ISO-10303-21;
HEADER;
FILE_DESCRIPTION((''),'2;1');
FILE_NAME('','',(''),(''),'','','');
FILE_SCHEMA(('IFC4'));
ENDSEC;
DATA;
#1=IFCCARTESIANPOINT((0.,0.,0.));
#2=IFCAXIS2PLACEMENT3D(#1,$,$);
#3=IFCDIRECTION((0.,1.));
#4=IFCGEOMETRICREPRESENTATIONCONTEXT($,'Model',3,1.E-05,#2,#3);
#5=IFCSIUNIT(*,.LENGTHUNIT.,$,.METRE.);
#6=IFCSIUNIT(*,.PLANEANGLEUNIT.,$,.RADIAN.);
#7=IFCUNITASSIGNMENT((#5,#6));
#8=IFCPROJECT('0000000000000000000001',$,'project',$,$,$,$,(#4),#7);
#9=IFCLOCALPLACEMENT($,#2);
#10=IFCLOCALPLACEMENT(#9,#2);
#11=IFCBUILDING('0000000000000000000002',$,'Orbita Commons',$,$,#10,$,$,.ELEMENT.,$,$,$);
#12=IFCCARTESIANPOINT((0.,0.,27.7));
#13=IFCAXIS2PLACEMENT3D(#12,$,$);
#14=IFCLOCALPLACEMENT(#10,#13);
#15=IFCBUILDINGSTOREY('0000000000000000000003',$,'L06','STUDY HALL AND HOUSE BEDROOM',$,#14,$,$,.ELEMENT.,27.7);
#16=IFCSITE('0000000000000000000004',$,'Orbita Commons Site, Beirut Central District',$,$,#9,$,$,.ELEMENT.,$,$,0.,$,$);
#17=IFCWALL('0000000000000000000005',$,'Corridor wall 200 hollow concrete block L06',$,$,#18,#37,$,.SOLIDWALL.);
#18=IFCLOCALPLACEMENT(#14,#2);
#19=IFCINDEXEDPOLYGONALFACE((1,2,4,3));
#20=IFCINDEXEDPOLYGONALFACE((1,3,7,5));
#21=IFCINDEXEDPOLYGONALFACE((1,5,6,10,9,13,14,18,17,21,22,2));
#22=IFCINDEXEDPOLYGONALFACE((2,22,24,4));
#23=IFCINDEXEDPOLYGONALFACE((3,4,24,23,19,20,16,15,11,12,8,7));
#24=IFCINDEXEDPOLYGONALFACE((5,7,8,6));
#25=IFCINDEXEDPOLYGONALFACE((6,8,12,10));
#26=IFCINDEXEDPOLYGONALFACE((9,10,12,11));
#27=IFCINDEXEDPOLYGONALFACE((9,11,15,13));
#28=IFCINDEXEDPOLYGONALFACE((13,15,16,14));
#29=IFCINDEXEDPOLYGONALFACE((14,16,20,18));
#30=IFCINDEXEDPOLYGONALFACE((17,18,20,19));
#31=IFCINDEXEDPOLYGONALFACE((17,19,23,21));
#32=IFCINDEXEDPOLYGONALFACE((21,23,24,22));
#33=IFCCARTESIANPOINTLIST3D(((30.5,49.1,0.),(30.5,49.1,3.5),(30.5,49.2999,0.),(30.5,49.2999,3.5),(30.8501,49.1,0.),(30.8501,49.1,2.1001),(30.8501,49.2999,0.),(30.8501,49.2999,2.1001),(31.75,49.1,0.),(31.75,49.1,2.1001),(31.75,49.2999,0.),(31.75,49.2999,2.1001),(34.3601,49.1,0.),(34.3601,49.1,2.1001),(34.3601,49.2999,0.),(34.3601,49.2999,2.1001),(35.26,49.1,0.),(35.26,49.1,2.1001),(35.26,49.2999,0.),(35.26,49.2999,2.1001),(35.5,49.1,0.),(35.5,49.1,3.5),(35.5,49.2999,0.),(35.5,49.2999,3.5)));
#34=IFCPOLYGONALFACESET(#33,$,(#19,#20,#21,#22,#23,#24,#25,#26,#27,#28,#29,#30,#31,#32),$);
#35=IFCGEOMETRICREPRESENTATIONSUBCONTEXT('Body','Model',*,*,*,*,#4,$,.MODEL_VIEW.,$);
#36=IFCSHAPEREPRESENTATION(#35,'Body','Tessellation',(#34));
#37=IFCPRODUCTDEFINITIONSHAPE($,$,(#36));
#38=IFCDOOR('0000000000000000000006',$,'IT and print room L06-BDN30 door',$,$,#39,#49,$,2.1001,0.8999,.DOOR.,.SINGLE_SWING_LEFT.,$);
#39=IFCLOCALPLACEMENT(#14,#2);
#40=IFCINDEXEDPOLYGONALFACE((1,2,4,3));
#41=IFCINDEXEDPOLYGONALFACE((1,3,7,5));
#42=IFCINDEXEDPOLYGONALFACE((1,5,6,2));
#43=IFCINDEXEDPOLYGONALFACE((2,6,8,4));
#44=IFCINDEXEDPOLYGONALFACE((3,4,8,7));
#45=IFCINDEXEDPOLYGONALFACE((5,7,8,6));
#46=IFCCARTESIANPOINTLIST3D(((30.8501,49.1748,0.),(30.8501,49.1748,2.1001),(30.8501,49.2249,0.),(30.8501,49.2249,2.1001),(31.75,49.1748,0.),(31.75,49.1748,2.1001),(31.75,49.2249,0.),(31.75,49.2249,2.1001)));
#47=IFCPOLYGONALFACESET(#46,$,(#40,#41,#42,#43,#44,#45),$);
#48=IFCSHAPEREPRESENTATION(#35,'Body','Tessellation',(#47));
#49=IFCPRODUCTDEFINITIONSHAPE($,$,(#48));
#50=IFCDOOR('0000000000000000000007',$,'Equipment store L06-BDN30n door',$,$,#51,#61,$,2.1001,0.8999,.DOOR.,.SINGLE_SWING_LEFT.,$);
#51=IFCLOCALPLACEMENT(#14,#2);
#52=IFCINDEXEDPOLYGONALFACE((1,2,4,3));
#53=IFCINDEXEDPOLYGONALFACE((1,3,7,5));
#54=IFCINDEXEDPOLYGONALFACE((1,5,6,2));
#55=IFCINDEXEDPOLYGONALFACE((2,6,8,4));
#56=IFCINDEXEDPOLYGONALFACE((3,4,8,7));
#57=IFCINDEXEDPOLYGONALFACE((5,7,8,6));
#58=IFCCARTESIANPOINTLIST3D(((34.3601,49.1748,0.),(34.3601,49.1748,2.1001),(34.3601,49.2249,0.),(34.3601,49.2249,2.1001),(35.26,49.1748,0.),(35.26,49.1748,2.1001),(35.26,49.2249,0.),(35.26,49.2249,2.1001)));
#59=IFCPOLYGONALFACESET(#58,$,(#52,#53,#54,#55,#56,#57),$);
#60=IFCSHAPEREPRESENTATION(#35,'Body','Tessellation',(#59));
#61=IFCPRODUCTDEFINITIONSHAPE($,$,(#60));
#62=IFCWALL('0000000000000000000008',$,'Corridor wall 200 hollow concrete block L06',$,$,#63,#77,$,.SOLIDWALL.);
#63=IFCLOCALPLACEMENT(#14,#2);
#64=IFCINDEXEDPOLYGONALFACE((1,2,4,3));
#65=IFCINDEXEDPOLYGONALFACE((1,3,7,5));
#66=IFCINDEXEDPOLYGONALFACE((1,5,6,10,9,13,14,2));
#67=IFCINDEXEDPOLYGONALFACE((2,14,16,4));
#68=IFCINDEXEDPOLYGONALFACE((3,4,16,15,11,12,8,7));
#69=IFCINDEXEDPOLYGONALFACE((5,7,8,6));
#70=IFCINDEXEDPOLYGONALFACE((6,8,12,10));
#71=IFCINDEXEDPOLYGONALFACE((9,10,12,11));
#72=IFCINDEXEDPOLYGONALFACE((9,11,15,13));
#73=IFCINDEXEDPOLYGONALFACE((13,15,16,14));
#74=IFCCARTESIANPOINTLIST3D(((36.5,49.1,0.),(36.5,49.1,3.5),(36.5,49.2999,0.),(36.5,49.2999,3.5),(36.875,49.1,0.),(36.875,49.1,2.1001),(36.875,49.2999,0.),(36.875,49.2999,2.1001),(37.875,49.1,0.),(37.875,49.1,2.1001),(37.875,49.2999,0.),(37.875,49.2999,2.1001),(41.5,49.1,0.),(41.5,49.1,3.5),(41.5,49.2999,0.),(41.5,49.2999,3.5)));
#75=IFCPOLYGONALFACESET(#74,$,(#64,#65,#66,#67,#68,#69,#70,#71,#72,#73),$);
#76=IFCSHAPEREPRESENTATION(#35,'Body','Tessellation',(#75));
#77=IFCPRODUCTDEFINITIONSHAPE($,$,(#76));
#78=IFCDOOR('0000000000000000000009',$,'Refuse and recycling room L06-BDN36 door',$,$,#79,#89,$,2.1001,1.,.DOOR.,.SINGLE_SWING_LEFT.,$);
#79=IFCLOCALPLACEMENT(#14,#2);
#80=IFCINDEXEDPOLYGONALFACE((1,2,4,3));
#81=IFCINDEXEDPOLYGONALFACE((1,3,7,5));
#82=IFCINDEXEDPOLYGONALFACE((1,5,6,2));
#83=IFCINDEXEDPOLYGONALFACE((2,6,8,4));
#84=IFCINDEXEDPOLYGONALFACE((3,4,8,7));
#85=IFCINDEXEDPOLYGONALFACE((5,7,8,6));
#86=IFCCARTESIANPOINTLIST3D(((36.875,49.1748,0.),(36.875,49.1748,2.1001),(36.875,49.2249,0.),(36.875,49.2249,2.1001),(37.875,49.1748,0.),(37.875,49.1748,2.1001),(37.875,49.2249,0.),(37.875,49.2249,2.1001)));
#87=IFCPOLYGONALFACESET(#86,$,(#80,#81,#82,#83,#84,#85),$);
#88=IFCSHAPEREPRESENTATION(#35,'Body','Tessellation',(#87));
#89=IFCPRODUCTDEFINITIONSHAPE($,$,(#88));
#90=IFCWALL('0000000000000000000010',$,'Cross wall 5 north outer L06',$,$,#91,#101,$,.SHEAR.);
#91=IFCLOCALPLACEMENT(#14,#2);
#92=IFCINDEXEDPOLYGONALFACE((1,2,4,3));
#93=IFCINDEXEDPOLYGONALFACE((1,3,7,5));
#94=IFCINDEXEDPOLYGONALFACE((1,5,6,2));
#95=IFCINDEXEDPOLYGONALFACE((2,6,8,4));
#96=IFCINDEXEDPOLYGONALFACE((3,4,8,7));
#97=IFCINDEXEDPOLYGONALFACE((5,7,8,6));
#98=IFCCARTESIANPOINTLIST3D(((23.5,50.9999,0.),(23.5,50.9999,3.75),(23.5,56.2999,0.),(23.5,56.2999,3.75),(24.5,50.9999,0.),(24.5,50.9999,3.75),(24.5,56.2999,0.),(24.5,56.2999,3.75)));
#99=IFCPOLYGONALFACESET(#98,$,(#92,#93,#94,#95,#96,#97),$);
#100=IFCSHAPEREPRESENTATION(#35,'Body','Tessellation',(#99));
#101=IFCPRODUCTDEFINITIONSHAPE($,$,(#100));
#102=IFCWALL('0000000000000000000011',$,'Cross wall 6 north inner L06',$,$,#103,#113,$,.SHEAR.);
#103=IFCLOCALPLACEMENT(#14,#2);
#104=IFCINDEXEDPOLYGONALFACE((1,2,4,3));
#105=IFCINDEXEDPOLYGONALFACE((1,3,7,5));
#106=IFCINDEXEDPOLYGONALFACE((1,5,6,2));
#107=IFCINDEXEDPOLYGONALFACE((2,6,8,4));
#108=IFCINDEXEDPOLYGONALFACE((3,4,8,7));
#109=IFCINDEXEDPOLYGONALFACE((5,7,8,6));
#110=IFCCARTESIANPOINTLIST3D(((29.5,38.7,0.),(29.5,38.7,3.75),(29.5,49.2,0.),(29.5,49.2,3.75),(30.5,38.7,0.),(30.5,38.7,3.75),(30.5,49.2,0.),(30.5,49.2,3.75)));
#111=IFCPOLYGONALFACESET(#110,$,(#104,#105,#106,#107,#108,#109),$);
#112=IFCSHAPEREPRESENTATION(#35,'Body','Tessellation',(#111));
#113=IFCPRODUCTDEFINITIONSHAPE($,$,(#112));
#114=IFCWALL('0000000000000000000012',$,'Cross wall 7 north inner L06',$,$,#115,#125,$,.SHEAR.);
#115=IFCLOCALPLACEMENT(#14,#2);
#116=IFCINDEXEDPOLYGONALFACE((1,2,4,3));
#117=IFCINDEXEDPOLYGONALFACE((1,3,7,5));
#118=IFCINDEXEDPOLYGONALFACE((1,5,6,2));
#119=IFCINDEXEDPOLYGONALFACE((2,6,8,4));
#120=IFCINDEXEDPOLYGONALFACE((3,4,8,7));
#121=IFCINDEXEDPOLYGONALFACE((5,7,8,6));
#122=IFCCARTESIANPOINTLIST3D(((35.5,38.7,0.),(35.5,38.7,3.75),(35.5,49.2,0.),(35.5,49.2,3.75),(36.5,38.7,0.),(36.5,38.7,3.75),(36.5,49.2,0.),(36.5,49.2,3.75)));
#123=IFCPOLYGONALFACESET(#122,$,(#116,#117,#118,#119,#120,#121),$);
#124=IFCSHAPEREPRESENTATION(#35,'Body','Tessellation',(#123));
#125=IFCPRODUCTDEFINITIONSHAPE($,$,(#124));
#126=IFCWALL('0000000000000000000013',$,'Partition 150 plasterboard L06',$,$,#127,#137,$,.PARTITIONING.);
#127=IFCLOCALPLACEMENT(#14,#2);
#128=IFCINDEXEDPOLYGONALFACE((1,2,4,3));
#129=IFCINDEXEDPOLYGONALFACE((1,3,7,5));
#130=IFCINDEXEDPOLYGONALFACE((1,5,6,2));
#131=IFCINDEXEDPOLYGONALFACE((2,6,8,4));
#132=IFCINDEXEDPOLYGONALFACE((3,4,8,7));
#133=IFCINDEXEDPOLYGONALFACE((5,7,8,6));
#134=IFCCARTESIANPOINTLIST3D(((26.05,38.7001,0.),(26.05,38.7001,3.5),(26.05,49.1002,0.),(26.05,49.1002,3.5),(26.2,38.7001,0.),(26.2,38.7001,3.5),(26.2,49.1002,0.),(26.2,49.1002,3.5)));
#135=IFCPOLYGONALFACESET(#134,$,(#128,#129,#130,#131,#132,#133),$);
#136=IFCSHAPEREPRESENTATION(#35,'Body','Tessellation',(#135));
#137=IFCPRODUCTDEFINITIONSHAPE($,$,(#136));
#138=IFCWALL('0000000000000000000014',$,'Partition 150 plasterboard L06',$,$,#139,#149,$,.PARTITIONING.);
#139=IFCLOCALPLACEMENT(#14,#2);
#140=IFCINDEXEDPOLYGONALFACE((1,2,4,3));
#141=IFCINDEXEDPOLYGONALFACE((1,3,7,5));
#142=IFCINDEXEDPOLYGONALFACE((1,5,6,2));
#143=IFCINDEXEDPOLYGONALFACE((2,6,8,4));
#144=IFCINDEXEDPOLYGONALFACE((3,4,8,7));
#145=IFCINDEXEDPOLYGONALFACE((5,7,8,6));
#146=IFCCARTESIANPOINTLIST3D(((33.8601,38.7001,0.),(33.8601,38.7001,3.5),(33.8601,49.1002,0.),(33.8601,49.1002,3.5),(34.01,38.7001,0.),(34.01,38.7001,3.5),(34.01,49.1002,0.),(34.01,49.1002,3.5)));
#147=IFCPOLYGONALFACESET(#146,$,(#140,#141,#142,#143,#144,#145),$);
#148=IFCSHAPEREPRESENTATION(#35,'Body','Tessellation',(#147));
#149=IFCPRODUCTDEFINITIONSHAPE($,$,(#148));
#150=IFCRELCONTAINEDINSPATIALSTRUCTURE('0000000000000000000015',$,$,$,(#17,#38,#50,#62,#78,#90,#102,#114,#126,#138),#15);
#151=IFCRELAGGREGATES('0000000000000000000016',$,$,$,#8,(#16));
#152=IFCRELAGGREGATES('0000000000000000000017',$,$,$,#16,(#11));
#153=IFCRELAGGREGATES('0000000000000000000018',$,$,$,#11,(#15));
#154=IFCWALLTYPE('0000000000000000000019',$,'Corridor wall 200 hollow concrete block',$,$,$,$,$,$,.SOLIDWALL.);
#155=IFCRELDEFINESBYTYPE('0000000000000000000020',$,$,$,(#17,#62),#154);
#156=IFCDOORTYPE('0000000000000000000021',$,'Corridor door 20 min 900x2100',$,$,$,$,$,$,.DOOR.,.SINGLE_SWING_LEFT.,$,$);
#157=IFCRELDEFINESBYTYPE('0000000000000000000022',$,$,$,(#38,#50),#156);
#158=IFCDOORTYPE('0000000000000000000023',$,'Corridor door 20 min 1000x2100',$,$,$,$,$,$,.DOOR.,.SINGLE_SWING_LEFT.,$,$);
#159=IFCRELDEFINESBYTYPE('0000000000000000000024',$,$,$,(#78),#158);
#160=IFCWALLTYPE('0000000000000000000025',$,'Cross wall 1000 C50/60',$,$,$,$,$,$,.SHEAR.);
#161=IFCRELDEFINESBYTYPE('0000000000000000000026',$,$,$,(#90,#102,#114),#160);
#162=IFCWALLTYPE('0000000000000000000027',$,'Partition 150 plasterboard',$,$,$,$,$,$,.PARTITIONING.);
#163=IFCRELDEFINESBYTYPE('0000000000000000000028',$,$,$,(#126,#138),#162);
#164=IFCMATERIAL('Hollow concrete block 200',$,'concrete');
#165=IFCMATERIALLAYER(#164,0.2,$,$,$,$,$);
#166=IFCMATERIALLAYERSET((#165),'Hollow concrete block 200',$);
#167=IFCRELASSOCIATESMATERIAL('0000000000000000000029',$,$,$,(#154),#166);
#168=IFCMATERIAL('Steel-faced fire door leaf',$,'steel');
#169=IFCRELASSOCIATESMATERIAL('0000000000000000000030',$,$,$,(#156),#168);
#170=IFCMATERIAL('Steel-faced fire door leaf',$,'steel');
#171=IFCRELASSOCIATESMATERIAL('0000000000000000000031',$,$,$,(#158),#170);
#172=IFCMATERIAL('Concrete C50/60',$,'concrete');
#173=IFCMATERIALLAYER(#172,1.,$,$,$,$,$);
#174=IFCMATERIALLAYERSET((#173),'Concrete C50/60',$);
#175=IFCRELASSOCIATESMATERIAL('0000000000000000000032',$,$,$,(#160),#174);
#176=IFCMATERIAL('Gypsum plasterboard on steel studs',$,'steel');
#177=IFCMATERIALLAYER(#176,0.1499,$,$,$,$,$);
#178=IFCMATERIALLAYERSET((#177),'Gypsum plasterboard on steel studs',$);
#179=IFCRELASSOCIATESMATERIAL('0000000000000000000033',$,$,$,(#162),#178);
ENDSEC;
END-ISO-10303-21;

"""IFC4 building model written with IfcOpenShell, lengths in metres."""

from ifc_helpers import new_model, si_unit, direction, frame, frame_2d, origin, place, context, subcontext, project, spatial, rectangle, extrude, material, layer, layer_set, type_object, element, fill, save


model = new_model("IFC4")

# Units and contexts
model_context = context("Model", 3, precision=1e-05, world=origin(), true_north=direction((0.0, 1.0)))
body_context = subcontext(model_context, "Body", "Model", "MODEL_VIEW")
ifc_project = project(units=[si_unit("LENGTHUNIT", "METRE"), si_unit("PLANEANGLEUNIT", "RADIAN")], contexts=[model_context])

# Site, building, storey
site_placement = place(None, origin())
site = spatial("IfcSite", under=ifc_project, at=site_placement, Name="Orbita Commons Site, Beirut Central District", CompositionType="ELEMENT", RefElevation=0.0)
building_placement = place(site_placement, origin())
building = spatial("IfcBuilding", under=site, at=building_placement, Name="Orbita Commons", CompositionType="ELEMENT")
storey_placement = place(building_placement, frame((0.0, 0.0, 27.7)))
storey = spatial("IfcBuildingStorey", under=building, at=storey_placement, Name="L06", Description="STUDY HALL AND HOUSE BEDROOM", CompositionType="ELEMENT", Elevation=27.7)

# Wall, openings, doors
ifc_material_1 = material(Name="Hollow concrete block 200", Category="concrete")
ifc_layer_1 = layer(ifc_material_1, 0.2)
ifc_layer_set_1 = layer_set([ifc_layer_1], Name="Hollow concrete block 200")
wall_type_1 = type_object("IfcWallType", Name="Corridor wall 200 hollow concrete block", PredefinedType="SOLIDWALL", material=ifc_layer_set_1)
ifc_material_2 = material(Name="Steel-faced fire door leaf", Category="steel")
door_type_1 = type_object("IfcDoorType", Name="Corridor door 20 min 900x2100", OperationType="SINGLE_SWING_LEFT", PredefinedType="DOOR", material=ifc_material_2)
wall_1_placement = place(storey_placement, frame((30.5, 49.2, 0.0), z_axis=(0.0, 0.0, 1.0), x_axis=(1.0, 0.0, 0.0)))
wall_1 = element("IfcWall", 1, at=wall_1_placement, inside=storey, type_object=wall_type_1, Name="Corridor wall 200 hollow concrete block L06", PredefinedType="SOLIDWALL", context=body_context, shape_type="SweptSolid", body=[
    extrude(rectangle(XDim=5.0, YDim=0.2, at=frame_2d((2.5, 0.0))), origin(), (0.0, 0.0, 1.0), 3.5),
])
opening_1_placement = place(wall_1_placement, frame((0.3501, 0.0, 0.0)))
opening_1 = element("IfcOpeningElement", 2, at=opening_1_placement, cuts=wall_1, PredefinedType="OPENING", context=body_context, shape_type="SweptSolid", body=[
    extrude(rectangle(XDim=0.8999, YDim=2.1001, at=frame_2d((0.45, 1.05))), frame((0.0, 0.1099, 0.0), z_axis=(0.0, -1.0, 0.0), x_axis=(1.0, 0.0, 0.0)), (0.0, 0.0, 1.0), 0.22),
])
opening_2_placement = place(wall_1_placement, frame((3.8601, 0.0, 0.0)))
opening_2 = element("IfcOpeningElement", 3, at=opening_2_placement, cuts=wall_1, PredefinedType="OPENING", context=body_context, shape_type="SweptSolid", body=[
    extrude(rectangle(XDim=0.8999, YDim=2.1001, at=frame_2d((0.45, 1.05))), frame((0.0, 0.1099, 0.0), z_axis=(0.0, -1.0, 0.0), x_axis=(1.0, 0.0, 0.0)), (0.0, 0.0, 1.0), 0.22),
])
door_1_placement = place(opening_1_placement, origin())
door_1 = element("IfcDoor", 4, at=door_1_placement, inside=storey, type_object=door_type_1, Name="IT and print room L06-BDN30 door", OperationType="SINGLE_SWING_LEFT", OverallHeight=2.1001, OverallWidth=0.8999, PredefinedType="DOOR", context=body_context, shape_type="SweptSolid", body=[
    extrude(rectangle(XDim=0.8999, YDim=2.1001, at=frame_2d((0.45, 1.05))), frame((0.0, 0.0249, 0.0), z_axis=(0.0, -1.0, 0.0), x_axis=(1.0, 0.0, 0.0)), (0.0, 0.0, 1.0), 0.05),
])
fill(opening_1, door_1)
door_2_placement = place(opening_2_placement, origin())
door_2 = element("IfcDoor", 5, at=door_2_placement, inside=storey, type_object=door_type_1, Name="Equipment store L06-BDN30n door", OperationType="SINGLE_SWING_LEFT", OverallHeight=2.1001, OverallWidth=0.8999, PredefinedType="DOOR", context=body_context, shape_type="SweptSolid", body=[
    extrude(rectangle(XDim=0.8999, YDim=2.1001, at=frame_2d((0.45, 1.05))), frame((0.0, 0.0249, 0.0), z_axis=(0.0, -1.0, 0.0), x_axis=(1.0, 0.0, 0.0)), (0.0, 0.0, 1.0), 0.05),
])
fill(opening_2, door_2)

# Wall, opening, door
wall_2_placement = place(storey_placement, frame((36.5, 49.2, 0.0), z_axis=(0.0, 0.0, 1.0), x_axis=(1.0, 0.0, 0.0)))
wall_2 = element("IfcWall", 6, at=wall_2_placement, inside=storey, type_object=wall_type_1, Name="Corridor wall 200 hollow concrete block L06", PredefinedType="SOLIDWALL", context=body_context, shape_type="SweptSolid", body=[
    extrude(rectangle(XDim=5.0, YDim=0.2, at=frame_2d((2.5, 0.0))), origin(), (0.0, 0.0, 1.0), 3.5),
])
opening_3_placement = place(wall_2_placement, frame((0.375, 0.0, 0.0)))
opening_3 = element("IfcOpeningElement", 7, at=opening_3_placement, cuts=wall_2, PredefinedType="OPENING", context=body_context, shape_type="SweptSolid", body=[
    extrude(rectangle(XDim=1.0, YDim=2.1001, at=frame_2d((0.5, 1.05))), frame((0.0, 0.1099, 0.0), z_axis=(0.0, -1.0, 0.0), x_axis=(1.0, 0.0, 0.0)), (0.0, 0.0, 1.0), 0.22),
])
ifc_material_3 = material(Name="Steel-faced fire door leaf", Category="steel")
door_type_2 = type_object("IfcDoorType", Name="Corridor door 20 min 1000x2100", OperationType="SINGLE_SWING_LEFT", PredefinedType="DOOR", material=ifc_material_3)
door_3_placement = place(opening_3_placement, origin())
door_3 = element("IfcDoor", 8, at=door_3_placement, inside=storey, type_object=door_type_2, Name="Refuse and recycling room L06-BDN36 door", OperationType="SINGLE_SWING_LEFT", OverallHeight=2.1001, OverallWidth=1.0, PredefinedType="DOOR", context=body_context, shape_type="SweptSolid", body=[
    extrude(rectangle(XDim=1.0, YDim=2.1001, at=frame_2d((0.5, 1.05))), frame((0.0, 0.0249, 0.0), z_axis=(0.0, -1.0, 0.0), x_axis=(1.0, 0.0, 0.0)), (0.0, 0.0, 1.0), 0.05),
])
fill(opening_3, door_3)

# Walls
ifc_material_4 = material(Name="Concrete C50/60", Category="concrete")
ifc_layer_2 = layer(ifc_material_4, 1.0)
ifc_layer_set_2 = layer_set([ifc_layer_2], Name="Concrete C50/60")
wall_type_2 = type_object("IfcWallType", Name="Cross wall 1000 C50/60", PredefinedType="SHEAR", material=ifc_layer_set_2)
wall_3_placement = place(storey_placement, frame((24.0, 51.0, 0.0), z_axis=(0.0, 0.0, 1.0), x_axis=(0.0, 1.0, 0.0)))
element("IfcWall", 9, at=wall_3_placement, inside=storey, type_object=wall_type_2, Name="Cross wall 5 north outer L06", PredefinedType="SHEAR", context=body_context, shape_type="SweptSolid", body=[
    extrude(rectangle(XDim=5.3, YDim=1.0, at=frame_2d((2.6499, 0.0))), origin(), (0.0, 0.0, 1.0), 3.75),
])
for number, where, z_axis, x_axis, name in (
    (10, (30.0, 38.7, 0.0), (0.0, 0.0, 1.0), (0.0, 1.0, 0.0), "Cross wall 6 north inner L06"),
    (11, (36.0, 38.7, 0.0), (0.0, 0.0, 1.0), (0.0, 1.0, 0.0), "Cross wall 7 north inner L06"),
):
    element("IfcWall", number, at=place(storey_placement, frame(where, z_axis=z_axis, x_axis=x_axis)), inside=storey, type_object=wall_type_2, Name=name, PredefinedType="SHEAR", context=body_context, shape_type="SweptSolid", body=[
        extrude(rectangle(XDim=10.5, YDim=1.0, at=frame_2d((5.25, 0.0))), origin(), (0.0, 0.0, 1.0), 3.75),
    ])
ifc_material_5 = material(Name="Gypsum plasterboard on steel studs", Category="steel")
ifc_layer_3 = layer(ifc_material_5, 0.1499)
ifc_layer_set_3 = layer_set([ifc_layer_3], Name="Gypsum plasterboard on steel studs")
wall_type_3 = type_object("IfcWallType", Name="Partition 150 plasterboard", PredefinedType="PARTITIONING", material=ifc_layer_set_3)
for number, where, z_axis, x_axis, name in (
    (12, (26.125, 38.7, 0.0), (0.0, 0.0, 1.0), (0.0, 1.0, 0.0), "Partition 150 plasterboard L06"),
    (13, (33.9351, 38.7, 0.0), (0.0, 0.0, 1.0), (0.0, 1.0, 0.0), "Partition 150 plasterboard L06"),
):
    element("IfcWall", number, at=place(storey_placement, frame(where, z_axis=z_axis, x_axis=x_axis)), inside=storey, type_object=wall_type_3, Name=name, PredefinedType="PARTITIONING", context=body_context, shape_type="SweptSolid", body=[
        extrude(rectangle(XDim=10.4001, YDim=0.1499, at=frame_2d((5.2002, 0.0))), origin(), (0.0, 0.0, 1.0), 3.5),
    ])

save(model, "model.ifc")
